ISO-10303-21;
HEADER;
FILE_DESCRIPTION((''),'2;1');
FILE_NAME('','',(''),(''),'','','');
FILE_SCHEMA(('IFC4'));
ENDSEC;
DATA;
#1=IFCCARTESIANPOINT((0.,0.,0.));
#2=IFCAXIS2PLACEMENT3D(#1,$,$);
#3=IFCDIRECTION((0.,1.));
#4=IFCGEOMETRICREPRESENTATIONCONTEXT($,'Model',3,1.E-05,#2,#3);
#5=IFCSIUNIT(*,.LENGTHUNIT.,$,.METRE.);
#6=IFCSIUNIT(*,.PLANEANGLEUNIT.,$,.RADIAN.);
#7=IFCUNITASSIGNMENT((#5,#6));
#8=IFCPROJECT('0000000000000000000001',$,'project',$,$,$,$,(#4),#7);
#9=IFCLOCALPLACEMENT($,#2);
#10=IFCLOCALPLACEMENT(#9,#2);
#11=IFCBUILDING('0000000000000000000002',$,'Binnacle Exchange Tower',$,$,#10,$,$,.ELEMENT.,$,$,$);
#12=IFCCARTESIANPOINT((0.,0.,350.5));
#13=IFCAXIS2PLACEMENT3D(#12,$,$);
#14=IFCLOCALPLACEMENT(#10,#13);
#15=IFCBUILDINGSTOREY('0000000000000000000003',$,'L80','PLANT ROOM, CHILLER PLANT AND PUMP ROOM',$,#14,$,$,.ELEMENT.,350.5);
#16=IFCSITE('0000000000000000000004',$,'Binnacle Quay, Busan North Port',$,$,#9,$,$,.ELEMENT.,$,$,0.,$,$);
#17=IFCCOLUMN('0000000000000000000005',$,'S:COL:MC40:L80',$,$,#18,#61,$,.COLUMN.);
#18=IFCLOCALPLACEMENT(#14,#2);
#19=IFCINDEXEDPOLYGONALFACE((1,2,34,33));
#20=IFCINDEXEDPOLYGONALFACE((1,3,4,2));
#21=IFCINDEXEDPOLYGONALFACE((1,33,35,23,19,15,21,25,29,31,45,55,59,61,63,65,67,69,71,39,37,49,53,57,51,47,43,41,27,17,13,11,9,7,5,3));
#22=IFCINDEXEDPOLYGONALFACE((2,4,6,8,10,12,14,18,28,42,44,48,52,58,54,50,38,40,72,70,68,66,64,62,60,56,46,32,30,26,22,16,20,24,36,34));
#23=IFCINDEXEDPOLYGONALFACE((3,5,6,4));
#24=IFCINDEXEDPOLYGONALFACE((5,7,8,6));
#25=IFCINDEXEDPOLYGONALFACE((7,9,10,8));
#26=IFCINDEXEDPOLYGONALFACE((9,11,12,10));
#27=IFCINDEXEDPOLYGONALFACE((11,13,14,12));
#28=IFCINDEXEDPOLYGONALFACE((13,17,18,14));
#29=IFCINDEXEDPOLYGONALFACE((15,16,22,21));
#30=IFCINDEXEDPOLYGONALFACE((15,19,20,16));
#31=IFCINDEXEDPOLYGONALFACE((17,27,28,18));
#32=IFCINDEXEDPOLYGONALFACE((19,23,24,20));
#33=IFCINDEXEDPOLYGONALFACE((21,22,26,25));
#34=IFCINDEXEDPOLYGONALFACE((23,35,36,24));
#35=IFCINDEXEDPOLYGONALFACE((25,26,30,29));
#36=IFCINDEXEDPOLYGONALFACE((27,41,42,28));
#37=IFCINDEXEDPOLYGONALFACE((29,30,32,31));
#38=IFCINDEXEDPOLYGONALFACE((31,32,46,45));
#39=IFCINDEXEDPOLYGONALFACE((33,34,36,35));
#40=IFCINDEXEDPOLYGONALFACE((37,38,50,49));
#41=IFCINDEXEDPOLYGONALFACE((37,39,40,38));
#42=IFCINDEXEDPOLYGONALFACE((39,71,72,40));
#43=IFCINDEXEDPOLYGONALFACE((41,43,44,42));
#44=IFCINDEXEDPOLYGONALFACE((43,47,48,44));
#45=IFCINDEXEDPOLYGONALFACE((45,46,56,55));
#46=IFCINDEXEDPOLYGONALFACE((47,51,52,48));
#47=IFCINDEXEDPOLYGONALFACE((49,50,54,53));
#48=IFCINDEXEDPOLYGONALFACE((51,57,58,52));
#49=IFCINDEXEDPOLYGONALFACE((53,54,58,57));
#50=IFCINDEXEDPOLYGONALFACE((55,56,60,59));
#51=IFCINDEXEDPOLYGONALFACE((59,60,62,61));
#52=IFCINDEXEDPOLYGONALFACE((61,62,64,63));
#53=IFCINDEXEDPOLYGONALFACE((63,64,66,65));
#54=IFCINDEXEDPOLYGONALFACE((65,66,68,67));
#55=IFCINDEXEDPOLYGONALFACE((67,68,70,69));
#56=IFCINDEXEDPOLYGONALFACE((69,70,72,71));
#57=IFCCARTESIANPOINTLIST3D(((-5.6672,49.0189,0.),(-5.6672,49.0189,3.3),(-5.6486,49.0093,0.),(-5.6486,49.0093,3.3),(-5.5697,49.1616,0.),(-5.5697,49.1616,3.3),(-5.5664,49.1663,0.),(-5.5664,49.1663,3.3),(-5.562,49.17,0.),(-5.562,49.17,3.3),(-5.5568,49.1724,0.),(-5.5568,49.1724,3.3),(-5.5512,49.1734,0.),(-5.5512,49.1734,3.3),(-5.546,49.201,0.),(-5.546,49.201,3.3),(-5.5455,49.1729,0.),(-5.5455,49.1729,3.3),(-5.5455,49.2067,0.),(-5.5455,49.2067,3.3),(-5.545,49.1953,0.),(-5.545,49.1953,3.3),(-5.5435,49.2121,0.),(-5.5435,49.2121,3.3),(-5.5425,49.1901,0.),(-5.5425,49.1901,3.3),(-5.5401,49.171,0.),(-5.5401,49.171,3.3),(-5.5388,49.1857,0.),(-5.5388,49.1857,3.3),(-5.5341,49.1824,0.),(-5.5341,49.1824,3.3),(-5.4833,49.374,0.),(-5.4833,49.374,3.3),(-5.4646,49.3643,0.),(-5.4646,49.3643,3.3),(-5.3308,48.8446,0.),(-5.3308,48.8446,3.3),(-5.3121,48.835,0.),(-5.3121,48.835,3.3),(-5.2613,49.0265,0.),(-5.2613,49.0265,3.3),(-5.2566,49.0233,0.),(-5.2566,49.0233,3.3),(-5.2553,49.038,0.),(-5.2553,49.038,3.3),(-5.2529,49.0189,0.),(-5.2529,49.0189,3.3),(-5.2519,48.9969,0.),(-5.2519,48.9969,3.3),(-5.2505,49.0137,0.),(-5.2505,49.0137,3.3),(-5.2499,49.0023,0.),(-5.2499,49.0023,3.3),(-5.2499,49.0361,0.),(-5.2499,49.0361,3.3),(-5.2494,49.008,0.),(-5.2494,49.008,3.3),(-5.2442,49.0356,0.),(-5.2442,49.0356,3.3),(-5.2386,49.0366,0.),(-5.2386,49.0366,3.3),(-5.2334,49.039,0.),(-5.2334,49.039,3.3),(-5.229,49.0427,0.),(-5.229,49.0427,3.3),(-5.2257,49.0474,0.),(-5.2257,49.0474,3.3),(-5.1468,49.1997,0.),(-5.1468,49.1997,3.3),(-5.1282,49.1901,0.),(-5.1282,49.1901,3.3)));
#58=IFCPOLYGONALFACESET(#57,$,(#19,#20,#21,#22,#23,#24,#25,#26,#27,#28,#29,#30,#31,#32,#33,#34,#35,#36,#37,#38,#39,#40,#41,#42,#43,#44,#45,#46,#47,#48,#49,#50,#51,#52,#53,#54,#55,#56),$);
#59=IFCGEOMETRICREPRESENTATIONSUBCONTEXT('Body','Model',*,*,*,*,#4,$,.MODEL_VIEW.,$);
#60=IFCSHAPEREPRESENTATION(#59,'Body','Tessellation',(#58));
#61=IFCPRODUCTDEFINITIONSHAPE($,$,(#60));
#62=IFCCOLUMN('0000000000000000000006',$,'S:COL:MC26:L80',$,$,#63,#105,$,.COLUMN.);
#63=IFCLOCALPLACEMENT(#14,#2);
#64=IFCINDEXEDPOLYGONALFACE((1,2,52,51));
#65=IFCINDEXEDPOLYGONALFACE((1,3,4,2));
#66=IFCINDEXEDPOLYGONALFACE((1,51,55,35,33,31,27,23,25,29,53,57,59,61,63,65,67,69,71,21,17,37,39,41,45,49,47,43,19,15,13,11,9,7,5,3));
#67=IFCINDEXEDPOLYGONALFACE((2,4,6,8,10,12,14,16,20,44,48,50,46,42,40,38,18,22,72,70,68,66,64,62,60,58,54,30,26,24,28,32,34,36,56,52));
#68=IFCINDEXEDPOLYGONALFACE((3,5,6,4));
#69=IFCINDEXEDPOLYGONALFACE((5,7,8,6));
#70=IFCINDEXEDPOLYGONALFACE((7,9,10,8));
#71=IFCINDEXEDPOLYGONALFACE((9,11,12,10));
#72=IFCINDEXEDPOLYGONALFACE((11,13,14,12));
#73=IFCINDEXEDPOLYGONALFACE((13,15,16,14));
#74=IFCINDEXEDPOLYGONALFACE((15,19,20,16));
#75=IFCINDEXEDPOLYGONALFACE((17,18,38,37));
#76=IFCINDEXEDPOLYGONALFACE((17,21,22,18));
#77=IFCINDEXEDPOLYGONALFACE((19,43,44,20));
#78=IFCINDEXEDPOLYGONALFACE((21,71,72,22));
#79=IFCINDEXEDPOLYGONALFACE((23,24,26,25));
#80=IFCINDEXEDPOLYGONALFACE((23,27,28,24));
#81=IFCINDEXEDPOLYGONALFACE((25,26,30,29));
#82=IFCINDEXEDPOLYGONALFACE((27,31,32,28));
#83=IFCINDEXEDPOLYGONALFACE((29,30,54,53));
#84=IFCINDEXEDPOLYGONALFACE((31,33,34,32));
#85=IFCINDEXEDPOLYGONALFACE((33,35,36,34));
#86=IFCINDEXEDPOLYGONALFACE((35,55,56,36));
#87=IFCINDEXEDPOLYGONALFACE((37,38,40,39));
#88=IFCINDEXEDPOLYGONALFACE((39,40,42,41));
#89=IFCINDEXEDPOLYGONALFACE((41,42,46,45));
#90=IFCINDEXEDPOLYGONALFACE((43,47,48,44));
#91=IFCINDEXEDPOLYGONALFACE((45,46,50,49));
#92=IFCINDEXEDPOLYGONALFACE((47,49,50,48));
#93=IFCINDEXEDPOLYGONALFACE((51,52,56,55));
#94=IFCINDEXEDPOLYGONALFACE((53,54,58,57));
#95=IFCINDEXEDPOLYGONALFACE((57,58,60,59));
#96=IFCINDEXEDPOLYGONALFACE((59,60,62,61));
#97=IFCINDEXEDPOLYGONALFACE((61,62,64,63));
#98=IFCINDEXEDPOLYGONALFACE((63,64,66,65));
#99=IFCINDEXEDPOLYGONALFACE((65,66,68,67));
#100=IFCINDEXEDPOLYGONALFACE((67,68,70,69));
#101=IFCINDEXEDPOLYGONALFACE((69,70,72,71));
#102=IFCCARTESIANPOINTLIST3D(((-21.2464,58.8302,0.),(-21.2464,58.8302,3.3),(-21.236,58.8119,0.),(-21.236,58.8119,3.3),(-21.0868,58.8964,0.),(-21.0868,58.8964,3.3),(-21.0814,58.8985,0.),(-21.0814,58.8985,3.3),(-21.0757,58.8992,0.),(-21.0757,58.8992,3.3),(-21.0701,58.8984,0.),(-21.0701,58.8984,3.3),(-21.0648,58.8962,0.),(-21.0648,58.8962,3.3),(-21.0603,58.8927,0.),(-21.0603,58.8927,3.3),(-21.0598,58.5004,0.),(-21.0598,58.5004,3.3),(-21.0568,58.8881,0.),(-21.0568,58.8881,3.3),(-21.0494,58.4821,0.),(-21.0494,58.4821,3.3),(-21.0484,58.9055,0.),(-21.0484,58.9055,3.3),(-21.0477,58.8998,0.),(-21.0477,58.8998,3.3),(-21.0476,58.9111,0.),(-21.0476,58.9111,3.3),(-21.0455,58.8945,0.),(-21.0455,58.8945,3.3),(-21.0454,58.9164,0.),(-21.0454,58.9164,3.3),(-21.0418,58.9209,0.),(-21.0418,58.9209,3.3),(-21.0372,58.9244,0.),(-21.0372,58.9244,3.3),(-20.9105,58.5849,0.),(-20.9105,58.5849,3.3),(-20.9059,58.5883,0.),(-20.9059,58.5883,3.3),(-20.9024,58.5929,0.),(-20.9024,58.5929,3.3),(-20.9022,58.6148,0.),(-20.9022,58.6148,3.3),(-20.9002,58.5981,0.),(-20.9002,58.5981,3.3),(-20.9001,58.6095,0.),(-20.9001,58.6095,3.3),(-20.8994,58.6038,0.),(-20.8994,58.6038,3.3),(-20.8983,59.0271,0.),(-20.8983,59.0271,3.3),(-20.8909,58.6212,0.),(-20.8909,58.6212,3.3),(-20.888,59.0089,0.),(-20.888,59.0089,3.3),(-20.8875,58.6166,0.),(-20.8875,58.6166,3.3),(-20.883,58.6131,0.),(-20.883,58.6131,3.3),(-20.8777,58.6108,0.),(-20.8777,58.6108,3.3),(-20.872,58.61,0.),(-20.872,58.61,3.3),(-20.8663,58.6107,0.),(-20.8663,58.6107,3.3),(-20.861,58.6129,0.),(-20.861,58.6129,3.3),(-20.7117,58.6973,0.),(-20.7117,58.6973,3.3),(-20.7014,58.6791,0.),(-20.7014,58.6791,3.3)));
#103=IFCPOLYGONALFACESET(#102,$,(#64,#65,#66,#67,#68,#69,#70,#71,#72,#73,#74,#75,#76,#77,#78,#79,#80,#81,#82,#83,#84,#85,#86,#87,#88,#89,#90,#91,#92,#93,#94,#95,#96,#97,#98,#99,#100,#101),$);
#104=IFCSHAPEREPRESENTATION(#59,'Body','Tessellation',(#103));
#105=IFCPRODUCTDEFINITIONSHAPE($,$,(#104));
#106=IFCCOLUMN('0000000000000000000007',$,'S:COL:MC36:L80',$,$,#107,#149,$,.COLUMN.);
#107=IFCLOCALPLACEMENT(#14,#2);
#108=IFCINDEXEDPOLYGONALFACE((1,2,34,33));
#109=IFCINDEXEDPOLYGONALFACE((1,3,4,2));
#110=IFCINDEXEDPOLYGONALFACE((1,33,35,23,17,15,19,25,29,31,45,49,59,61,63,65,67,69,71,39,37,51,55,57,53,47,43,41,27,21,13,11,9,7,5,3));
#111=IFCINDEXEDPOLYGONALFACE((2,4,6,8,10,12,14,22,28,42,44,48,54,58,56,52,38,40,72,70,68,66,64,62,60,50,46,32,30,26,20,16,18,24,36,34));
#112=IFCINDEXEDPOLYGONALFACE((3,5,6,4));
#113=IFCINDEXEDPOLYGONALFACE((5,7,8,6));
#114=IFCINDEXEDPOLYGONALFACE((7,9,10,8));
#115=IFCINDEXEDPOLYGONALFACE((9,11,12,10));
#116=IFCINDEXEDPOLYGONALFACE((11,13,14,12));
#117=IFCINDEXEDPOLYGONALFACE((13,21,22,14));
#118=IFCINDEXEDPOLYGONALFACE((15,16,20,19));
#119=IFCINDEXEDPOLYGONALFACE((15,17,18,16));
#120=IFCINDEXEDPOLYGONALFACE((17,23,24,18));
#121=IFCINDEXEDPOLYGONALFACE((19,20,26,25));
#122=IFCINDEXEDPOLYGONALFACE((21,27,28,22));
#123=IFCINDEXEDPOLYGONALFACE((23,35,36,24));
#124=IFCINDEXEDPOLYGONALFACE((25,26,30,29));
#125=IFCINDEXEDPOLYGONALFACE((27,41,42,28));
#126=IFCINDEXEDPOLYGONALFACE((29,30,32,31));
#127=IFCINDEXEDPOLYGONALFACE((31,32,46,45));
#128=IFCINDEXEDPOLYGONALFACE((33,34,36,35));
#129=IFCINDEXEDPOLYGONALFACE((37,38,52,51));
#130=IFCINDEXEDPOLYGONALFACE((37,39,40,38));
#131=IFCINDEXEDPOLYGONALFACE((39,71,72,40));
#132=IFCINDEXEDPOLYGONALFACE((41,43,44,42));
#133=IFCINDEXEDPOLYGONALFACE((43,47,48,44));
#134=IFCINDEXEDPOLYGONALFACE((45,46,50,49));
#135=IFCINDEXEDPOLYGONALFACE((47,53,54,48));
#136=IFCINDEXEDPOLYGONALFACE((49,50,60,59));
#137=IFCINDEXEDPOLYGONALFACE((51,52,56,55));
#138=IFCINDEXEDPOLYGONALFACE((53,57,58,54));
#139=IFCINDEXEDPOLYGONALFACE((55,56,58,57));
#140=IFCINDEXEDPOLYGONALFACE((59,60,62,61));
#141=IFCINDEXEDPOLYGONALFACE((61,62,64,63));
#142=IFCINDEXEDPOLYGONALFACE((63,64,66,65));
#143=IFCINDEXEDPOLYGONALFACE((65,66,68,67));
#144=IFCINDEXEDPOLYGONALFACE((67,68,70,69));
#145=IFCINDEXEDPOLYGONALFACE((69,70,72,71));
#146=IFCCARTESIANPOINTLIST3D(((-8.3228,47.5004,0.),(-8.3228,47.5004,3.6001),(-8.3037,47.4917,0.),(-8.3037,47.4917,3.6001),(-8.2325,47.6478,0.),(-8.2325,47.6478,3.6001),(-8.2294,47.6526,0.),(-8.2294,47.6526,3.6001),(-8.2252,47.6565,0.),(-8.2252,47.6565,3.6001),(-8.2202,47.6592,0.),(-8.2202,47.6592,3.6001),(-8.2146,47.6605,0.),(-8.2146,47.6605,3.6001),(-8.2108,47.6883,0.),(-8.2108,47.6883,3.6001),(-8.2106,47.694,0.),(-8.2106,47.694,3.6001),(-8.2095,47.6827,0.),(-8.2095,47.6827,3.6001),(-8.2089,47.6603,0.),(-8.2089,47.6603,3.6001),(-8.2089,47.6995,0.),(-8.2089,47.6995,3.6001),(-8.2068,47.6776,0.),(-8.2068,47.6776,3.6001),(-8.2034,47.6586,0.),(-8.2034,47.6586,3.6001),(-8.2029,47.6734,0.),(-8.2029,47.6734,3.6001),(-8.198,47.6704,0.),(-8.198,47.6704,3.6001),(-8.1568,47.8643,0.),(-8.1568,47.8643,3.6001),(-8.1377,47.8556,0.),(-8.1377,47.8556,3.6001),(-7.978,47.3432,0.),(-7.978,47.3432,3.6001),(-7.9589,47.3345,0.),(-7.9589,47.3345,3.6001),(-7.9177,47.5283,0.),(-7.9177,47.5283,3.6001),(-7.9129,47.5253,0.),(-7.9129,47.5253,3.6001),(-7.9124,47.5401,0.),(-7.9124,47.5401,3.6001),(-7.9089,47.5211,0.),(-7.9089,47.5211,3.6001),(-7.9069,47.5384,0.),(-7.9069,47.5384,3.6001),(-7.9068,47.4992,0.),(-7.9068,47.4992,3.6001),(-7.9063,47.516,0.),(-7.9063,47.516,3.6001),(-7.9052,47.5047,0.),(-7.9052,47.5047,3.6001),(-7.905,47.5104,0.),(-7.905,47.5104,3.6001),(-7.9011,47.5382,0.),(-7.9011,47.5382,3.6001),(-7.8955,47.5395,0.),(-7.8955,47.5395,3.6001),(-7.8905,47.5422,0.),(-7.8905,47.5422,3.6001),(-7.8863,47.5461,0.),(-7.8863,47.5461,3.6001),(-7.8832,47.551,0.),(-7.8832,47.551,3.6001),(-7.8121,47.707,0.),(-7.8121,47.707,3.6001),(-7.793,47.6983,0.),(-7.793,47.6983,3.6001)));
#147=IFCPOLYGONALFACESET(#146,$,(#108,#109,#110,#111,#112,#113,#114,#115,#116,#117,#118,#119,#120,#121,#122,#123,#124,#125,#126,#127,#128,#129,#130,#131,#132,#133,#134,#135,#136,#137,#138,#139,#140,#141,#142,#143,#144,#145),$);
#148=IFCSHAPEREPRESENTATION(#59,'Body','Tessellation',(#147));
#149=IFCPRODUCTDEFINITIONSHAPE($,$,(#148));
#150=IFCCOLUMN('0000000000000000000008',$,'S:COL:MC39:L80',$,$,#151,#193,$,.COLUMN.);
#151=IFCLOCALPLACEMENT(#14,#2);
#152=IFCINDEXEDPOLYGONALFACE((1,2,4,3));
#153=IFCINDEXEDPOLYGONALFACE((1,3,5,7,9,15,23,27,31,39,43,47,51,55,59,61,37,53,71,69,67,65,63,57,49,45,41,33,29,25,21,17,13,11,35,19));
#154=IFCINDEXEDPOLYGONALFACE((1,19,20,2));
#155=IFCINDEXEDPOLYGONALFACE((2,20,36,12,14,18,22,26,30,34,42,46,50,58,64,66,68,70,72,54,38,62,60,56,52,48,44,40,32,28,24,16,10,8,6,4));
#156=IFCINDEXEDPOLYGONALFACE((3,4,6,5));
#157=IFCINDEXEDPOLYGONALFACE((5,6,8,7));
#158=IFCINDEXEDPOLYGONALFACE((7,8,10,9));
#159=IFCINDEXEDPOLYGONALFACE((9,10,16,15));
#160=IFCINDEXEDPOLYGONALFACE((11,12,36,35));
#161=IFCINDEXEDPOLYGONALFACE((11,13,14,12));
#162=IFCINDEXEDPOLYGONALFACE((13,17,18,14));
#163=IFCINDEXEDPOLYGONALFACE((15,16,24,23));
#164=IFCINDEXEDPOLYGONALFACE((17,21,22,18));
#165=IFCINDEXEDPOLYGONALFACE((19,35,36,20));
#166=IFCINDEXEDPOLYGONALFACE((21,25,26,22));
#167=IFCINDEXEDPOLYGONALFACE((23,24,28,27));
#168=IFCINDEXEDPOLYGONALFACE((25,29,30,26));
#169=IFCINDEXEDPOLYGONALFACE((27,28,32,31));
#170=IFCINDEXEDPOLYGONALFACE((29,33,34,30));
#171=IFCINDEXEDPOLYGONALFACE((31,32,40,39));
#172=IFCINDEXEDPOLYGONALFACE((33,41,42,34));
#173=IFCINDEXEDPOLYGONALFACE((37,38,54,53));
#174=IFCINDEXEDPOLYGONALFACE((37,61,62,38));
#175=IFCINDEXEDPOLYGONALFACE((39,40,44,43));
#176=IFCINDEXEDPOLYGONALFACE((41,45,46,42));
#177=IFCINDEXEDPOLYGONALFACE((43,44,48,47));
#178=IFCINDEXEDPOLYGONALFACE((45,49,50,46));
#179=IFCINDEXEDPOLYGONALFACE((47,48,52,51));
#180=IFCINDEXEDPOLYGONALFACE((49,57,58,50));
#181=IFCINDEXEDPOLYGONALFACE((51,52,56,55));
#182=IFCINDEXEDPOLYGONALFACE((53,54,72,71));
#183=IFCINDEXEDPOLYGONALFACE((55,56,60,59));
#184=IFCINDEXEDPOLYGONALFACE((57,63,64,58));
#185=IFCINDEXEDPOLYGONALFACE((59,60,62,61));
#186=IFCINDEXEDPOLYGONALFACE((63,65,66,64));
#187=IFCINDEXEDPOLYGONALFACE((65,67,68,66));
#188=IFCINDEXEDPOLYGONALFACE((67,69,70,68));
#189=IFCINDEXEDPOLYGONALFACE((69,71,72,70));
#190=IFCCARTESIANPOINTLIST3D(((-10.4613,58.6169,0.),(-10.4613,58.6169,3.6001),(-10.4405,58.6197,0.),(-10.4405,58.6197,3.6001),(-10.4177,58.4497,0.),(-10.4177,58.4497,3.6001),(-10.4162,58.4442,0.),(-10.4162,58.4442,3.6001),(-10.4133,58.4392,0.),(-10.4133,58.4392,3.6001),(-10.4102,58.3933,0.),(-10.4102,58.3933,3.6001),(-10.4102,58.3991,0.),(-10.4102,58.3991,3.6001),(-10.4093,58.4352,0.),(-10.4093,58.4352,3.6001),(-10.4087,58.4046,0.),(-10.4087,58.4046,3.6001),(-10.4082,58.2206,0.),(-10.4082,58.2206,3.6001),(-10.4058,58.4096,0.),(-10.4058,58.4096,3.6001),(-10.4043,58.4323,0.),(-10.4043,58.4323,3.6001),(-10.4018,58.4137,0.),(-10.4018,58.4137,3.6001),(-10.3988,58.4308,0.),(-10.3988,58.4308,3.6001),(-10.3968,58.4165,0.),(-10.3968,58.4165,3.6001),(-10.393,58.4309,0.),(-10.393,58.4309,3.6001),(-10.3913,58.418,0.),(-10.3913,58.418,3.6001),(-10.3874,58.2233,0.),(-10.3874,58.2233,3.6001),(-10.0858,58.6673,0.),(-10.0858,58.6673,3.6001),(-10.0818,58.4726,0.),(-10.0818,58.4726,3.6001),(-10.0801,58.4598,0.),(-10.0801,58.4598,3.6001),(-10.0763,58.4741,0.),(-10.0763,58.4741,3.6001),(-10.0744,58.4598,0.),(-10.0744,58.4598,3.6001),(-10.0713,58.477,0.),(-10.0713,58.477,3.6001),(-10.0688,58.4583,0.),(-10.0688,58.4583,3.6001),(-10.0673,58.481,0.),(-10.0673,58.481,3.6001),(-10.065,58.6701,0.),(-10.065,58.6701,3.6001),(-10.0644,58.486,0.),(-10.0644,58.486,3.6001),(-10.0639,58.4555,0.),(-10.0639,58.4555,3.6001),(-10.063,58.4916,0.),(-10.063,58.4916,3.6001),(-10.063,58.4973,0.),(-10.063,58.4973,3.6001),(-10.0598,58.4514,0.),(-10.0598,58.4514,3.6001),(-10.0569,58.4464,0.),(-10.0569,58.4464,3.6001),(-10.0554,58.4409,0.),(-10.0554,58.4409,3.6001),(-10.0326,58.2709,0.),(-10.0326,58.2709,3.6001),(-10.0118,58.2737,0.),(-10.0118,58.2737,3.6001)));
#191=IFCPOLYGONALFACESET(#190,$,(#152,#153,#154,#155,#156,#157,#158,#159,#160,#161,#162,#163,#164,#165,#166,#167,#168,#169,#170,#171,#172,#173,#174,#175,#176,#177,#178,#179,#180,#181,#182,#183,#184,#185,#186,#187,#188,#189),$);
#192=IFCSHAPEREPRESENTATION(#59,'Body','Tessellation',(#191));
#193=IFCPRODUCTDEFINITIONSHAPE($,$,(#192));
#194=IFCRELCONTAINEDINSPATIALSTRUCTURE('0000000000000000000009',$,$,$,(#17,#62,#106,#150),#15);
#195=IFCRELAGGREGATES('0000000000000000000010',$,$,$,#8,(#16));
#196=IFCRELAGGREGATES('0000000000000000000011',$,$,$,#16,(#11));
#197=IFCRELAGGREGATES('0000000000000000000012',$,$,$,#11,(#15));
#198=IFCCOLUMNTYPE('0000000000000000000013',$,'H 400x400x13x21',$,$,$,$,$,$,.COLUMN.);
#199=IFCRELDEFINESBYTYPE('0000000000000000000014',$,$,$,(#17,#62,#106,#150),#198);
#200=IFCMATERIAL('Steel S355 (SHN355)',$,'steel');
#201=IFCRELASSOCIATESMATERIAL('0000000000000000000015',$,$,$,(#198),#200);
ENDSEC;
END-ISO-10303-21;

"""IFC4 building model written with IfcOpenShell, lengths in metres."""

from ifc_helpers import new_model, si_unit, direction, frame, origin, origin_2d, place, context, subcontext, project, spatial, i_section, extrude, material, material_profile, profile_set, type_object, element, save


model = new_model("IFC4")

# Units and contexts
model_context = context("Model", 3, precision=1e-05, world=origin(), true_north=direction((0.0, 1.0)))
body_context = subcontext(model_context, "Body", "Model", "MODEL_VIEW")
ifc_project = project(units=[si_unit("LENGTHUNIT", "METRE"), si_unit("PLANEANGLEUNIT", "RADIAN")], contexts=[model_context])

# Site, building, storey
site_placement = place(None, origin())
site = spatial("IfcSite", under=ifc_project, at=site_placement, Name="Binnacle Quay, Busan North Port", CompositionType="ELEMENT", RefElevation=0.0)
building_placement = place(site_placement, origin())
building = spatial("IfcBuilding", under=site, at=building_placement, Name="Binnacle Exchange Tower", CompositionType="ELEMENT")
storey_placement = place(building_placement, frame((0.0, 0.0, 350.5)))
storey = spatial("IfcBuildingStorey", under=building, at=storey_placement, Name="L80", Description="PLANT ROOM, CHILLER PLANT AND PUMP ROOM", CompositionType="ELEMENT", Elevation=350.5)

# Columns
ifc_material_1 = material(Name="Steel S355 (SHN355)", Category="steel")
ifc_material_profile_1 = material_profile(ifc_material_1, i_section(OverallWidth=0.3999, OverallDepth=0.3999, WebThickness=0.0129, FlangeThickness=0.021, FilletRadius=0.022, at=origin_2d()), Name="H 400x400x13x21")
ifc_profile_set_1 = profile_set([ifc_material_profile_1], Name="Steel S355 (SHN355)")
column_type = type_object("IfcColumnType", Name="H 400x400x13x21", PredefinedType="COLUMN", material=ifc_profile_set_1)
for number, where, z_axis, x_axis, name in (
    (1, (-5.3977, 49.1045, 0.0), (0.0, 0.0, 1.0), (0.459967, 0.887936, 0.0), "S:COL:MC40:L80"),
    (2, (-20.9739, 58.7546, 0.0), (0.0, 0.0, 1.0), (-0.870356, -0.492424, 0.0), "S:COL:MC26:L80"),
):
    element("IfcColumn", number, at=place(storey_placement, frame(where, z_axis=z_axis, x_axis=x_axis)), inside=storey, type_object=column_type, Name=name, PredefinedType="COLUMN", context=body_context, shape_type="SweptSolid", body=[
        extrude(i_section(OverallWidth=0.3999, OverallDepth=0.3999, WebThickness=0.0129, FlangeThickness=0.021, FilletRadius=0.022, at=origin_2d()), origin(), (0.0, 0.0, 1.0), 3.3),
    ])
for number, where, z_axis, x_axis, name in (
    (3, (-8.0579, 47.5994, 0.0), (0.0, 0.0, 1.0), (0.415011, 0.909816, 0.0), "S:COL:MC36:L80"),
    (4, (-10.2366, 58.4453, 0.0), (0.0, 0.0, 1.0), (-0.132931, 0.991125, 0.0), "S:COL:MC39:L80"),
):
    element("IfcColumn", number, at=place(storey_placement, frame(where, z_axis=z_axis, x_axis=x_axis)), inside=storey, type_object=column_type, Name=name, PredefinedType="COLUMN", context=body_context, shape_type="SweptSolid", body=[
        extrude(i_section(OverallWidth=0.3999, OverallDepth=0.3999, WebThickness=0.0129, FlangeThickness=0.021, FilletRadius=0.022, at=origin_2d()), origin(), (0.0, 0.0, 1.0), 3.6001),
    ])

save(model, "model.ifc")
